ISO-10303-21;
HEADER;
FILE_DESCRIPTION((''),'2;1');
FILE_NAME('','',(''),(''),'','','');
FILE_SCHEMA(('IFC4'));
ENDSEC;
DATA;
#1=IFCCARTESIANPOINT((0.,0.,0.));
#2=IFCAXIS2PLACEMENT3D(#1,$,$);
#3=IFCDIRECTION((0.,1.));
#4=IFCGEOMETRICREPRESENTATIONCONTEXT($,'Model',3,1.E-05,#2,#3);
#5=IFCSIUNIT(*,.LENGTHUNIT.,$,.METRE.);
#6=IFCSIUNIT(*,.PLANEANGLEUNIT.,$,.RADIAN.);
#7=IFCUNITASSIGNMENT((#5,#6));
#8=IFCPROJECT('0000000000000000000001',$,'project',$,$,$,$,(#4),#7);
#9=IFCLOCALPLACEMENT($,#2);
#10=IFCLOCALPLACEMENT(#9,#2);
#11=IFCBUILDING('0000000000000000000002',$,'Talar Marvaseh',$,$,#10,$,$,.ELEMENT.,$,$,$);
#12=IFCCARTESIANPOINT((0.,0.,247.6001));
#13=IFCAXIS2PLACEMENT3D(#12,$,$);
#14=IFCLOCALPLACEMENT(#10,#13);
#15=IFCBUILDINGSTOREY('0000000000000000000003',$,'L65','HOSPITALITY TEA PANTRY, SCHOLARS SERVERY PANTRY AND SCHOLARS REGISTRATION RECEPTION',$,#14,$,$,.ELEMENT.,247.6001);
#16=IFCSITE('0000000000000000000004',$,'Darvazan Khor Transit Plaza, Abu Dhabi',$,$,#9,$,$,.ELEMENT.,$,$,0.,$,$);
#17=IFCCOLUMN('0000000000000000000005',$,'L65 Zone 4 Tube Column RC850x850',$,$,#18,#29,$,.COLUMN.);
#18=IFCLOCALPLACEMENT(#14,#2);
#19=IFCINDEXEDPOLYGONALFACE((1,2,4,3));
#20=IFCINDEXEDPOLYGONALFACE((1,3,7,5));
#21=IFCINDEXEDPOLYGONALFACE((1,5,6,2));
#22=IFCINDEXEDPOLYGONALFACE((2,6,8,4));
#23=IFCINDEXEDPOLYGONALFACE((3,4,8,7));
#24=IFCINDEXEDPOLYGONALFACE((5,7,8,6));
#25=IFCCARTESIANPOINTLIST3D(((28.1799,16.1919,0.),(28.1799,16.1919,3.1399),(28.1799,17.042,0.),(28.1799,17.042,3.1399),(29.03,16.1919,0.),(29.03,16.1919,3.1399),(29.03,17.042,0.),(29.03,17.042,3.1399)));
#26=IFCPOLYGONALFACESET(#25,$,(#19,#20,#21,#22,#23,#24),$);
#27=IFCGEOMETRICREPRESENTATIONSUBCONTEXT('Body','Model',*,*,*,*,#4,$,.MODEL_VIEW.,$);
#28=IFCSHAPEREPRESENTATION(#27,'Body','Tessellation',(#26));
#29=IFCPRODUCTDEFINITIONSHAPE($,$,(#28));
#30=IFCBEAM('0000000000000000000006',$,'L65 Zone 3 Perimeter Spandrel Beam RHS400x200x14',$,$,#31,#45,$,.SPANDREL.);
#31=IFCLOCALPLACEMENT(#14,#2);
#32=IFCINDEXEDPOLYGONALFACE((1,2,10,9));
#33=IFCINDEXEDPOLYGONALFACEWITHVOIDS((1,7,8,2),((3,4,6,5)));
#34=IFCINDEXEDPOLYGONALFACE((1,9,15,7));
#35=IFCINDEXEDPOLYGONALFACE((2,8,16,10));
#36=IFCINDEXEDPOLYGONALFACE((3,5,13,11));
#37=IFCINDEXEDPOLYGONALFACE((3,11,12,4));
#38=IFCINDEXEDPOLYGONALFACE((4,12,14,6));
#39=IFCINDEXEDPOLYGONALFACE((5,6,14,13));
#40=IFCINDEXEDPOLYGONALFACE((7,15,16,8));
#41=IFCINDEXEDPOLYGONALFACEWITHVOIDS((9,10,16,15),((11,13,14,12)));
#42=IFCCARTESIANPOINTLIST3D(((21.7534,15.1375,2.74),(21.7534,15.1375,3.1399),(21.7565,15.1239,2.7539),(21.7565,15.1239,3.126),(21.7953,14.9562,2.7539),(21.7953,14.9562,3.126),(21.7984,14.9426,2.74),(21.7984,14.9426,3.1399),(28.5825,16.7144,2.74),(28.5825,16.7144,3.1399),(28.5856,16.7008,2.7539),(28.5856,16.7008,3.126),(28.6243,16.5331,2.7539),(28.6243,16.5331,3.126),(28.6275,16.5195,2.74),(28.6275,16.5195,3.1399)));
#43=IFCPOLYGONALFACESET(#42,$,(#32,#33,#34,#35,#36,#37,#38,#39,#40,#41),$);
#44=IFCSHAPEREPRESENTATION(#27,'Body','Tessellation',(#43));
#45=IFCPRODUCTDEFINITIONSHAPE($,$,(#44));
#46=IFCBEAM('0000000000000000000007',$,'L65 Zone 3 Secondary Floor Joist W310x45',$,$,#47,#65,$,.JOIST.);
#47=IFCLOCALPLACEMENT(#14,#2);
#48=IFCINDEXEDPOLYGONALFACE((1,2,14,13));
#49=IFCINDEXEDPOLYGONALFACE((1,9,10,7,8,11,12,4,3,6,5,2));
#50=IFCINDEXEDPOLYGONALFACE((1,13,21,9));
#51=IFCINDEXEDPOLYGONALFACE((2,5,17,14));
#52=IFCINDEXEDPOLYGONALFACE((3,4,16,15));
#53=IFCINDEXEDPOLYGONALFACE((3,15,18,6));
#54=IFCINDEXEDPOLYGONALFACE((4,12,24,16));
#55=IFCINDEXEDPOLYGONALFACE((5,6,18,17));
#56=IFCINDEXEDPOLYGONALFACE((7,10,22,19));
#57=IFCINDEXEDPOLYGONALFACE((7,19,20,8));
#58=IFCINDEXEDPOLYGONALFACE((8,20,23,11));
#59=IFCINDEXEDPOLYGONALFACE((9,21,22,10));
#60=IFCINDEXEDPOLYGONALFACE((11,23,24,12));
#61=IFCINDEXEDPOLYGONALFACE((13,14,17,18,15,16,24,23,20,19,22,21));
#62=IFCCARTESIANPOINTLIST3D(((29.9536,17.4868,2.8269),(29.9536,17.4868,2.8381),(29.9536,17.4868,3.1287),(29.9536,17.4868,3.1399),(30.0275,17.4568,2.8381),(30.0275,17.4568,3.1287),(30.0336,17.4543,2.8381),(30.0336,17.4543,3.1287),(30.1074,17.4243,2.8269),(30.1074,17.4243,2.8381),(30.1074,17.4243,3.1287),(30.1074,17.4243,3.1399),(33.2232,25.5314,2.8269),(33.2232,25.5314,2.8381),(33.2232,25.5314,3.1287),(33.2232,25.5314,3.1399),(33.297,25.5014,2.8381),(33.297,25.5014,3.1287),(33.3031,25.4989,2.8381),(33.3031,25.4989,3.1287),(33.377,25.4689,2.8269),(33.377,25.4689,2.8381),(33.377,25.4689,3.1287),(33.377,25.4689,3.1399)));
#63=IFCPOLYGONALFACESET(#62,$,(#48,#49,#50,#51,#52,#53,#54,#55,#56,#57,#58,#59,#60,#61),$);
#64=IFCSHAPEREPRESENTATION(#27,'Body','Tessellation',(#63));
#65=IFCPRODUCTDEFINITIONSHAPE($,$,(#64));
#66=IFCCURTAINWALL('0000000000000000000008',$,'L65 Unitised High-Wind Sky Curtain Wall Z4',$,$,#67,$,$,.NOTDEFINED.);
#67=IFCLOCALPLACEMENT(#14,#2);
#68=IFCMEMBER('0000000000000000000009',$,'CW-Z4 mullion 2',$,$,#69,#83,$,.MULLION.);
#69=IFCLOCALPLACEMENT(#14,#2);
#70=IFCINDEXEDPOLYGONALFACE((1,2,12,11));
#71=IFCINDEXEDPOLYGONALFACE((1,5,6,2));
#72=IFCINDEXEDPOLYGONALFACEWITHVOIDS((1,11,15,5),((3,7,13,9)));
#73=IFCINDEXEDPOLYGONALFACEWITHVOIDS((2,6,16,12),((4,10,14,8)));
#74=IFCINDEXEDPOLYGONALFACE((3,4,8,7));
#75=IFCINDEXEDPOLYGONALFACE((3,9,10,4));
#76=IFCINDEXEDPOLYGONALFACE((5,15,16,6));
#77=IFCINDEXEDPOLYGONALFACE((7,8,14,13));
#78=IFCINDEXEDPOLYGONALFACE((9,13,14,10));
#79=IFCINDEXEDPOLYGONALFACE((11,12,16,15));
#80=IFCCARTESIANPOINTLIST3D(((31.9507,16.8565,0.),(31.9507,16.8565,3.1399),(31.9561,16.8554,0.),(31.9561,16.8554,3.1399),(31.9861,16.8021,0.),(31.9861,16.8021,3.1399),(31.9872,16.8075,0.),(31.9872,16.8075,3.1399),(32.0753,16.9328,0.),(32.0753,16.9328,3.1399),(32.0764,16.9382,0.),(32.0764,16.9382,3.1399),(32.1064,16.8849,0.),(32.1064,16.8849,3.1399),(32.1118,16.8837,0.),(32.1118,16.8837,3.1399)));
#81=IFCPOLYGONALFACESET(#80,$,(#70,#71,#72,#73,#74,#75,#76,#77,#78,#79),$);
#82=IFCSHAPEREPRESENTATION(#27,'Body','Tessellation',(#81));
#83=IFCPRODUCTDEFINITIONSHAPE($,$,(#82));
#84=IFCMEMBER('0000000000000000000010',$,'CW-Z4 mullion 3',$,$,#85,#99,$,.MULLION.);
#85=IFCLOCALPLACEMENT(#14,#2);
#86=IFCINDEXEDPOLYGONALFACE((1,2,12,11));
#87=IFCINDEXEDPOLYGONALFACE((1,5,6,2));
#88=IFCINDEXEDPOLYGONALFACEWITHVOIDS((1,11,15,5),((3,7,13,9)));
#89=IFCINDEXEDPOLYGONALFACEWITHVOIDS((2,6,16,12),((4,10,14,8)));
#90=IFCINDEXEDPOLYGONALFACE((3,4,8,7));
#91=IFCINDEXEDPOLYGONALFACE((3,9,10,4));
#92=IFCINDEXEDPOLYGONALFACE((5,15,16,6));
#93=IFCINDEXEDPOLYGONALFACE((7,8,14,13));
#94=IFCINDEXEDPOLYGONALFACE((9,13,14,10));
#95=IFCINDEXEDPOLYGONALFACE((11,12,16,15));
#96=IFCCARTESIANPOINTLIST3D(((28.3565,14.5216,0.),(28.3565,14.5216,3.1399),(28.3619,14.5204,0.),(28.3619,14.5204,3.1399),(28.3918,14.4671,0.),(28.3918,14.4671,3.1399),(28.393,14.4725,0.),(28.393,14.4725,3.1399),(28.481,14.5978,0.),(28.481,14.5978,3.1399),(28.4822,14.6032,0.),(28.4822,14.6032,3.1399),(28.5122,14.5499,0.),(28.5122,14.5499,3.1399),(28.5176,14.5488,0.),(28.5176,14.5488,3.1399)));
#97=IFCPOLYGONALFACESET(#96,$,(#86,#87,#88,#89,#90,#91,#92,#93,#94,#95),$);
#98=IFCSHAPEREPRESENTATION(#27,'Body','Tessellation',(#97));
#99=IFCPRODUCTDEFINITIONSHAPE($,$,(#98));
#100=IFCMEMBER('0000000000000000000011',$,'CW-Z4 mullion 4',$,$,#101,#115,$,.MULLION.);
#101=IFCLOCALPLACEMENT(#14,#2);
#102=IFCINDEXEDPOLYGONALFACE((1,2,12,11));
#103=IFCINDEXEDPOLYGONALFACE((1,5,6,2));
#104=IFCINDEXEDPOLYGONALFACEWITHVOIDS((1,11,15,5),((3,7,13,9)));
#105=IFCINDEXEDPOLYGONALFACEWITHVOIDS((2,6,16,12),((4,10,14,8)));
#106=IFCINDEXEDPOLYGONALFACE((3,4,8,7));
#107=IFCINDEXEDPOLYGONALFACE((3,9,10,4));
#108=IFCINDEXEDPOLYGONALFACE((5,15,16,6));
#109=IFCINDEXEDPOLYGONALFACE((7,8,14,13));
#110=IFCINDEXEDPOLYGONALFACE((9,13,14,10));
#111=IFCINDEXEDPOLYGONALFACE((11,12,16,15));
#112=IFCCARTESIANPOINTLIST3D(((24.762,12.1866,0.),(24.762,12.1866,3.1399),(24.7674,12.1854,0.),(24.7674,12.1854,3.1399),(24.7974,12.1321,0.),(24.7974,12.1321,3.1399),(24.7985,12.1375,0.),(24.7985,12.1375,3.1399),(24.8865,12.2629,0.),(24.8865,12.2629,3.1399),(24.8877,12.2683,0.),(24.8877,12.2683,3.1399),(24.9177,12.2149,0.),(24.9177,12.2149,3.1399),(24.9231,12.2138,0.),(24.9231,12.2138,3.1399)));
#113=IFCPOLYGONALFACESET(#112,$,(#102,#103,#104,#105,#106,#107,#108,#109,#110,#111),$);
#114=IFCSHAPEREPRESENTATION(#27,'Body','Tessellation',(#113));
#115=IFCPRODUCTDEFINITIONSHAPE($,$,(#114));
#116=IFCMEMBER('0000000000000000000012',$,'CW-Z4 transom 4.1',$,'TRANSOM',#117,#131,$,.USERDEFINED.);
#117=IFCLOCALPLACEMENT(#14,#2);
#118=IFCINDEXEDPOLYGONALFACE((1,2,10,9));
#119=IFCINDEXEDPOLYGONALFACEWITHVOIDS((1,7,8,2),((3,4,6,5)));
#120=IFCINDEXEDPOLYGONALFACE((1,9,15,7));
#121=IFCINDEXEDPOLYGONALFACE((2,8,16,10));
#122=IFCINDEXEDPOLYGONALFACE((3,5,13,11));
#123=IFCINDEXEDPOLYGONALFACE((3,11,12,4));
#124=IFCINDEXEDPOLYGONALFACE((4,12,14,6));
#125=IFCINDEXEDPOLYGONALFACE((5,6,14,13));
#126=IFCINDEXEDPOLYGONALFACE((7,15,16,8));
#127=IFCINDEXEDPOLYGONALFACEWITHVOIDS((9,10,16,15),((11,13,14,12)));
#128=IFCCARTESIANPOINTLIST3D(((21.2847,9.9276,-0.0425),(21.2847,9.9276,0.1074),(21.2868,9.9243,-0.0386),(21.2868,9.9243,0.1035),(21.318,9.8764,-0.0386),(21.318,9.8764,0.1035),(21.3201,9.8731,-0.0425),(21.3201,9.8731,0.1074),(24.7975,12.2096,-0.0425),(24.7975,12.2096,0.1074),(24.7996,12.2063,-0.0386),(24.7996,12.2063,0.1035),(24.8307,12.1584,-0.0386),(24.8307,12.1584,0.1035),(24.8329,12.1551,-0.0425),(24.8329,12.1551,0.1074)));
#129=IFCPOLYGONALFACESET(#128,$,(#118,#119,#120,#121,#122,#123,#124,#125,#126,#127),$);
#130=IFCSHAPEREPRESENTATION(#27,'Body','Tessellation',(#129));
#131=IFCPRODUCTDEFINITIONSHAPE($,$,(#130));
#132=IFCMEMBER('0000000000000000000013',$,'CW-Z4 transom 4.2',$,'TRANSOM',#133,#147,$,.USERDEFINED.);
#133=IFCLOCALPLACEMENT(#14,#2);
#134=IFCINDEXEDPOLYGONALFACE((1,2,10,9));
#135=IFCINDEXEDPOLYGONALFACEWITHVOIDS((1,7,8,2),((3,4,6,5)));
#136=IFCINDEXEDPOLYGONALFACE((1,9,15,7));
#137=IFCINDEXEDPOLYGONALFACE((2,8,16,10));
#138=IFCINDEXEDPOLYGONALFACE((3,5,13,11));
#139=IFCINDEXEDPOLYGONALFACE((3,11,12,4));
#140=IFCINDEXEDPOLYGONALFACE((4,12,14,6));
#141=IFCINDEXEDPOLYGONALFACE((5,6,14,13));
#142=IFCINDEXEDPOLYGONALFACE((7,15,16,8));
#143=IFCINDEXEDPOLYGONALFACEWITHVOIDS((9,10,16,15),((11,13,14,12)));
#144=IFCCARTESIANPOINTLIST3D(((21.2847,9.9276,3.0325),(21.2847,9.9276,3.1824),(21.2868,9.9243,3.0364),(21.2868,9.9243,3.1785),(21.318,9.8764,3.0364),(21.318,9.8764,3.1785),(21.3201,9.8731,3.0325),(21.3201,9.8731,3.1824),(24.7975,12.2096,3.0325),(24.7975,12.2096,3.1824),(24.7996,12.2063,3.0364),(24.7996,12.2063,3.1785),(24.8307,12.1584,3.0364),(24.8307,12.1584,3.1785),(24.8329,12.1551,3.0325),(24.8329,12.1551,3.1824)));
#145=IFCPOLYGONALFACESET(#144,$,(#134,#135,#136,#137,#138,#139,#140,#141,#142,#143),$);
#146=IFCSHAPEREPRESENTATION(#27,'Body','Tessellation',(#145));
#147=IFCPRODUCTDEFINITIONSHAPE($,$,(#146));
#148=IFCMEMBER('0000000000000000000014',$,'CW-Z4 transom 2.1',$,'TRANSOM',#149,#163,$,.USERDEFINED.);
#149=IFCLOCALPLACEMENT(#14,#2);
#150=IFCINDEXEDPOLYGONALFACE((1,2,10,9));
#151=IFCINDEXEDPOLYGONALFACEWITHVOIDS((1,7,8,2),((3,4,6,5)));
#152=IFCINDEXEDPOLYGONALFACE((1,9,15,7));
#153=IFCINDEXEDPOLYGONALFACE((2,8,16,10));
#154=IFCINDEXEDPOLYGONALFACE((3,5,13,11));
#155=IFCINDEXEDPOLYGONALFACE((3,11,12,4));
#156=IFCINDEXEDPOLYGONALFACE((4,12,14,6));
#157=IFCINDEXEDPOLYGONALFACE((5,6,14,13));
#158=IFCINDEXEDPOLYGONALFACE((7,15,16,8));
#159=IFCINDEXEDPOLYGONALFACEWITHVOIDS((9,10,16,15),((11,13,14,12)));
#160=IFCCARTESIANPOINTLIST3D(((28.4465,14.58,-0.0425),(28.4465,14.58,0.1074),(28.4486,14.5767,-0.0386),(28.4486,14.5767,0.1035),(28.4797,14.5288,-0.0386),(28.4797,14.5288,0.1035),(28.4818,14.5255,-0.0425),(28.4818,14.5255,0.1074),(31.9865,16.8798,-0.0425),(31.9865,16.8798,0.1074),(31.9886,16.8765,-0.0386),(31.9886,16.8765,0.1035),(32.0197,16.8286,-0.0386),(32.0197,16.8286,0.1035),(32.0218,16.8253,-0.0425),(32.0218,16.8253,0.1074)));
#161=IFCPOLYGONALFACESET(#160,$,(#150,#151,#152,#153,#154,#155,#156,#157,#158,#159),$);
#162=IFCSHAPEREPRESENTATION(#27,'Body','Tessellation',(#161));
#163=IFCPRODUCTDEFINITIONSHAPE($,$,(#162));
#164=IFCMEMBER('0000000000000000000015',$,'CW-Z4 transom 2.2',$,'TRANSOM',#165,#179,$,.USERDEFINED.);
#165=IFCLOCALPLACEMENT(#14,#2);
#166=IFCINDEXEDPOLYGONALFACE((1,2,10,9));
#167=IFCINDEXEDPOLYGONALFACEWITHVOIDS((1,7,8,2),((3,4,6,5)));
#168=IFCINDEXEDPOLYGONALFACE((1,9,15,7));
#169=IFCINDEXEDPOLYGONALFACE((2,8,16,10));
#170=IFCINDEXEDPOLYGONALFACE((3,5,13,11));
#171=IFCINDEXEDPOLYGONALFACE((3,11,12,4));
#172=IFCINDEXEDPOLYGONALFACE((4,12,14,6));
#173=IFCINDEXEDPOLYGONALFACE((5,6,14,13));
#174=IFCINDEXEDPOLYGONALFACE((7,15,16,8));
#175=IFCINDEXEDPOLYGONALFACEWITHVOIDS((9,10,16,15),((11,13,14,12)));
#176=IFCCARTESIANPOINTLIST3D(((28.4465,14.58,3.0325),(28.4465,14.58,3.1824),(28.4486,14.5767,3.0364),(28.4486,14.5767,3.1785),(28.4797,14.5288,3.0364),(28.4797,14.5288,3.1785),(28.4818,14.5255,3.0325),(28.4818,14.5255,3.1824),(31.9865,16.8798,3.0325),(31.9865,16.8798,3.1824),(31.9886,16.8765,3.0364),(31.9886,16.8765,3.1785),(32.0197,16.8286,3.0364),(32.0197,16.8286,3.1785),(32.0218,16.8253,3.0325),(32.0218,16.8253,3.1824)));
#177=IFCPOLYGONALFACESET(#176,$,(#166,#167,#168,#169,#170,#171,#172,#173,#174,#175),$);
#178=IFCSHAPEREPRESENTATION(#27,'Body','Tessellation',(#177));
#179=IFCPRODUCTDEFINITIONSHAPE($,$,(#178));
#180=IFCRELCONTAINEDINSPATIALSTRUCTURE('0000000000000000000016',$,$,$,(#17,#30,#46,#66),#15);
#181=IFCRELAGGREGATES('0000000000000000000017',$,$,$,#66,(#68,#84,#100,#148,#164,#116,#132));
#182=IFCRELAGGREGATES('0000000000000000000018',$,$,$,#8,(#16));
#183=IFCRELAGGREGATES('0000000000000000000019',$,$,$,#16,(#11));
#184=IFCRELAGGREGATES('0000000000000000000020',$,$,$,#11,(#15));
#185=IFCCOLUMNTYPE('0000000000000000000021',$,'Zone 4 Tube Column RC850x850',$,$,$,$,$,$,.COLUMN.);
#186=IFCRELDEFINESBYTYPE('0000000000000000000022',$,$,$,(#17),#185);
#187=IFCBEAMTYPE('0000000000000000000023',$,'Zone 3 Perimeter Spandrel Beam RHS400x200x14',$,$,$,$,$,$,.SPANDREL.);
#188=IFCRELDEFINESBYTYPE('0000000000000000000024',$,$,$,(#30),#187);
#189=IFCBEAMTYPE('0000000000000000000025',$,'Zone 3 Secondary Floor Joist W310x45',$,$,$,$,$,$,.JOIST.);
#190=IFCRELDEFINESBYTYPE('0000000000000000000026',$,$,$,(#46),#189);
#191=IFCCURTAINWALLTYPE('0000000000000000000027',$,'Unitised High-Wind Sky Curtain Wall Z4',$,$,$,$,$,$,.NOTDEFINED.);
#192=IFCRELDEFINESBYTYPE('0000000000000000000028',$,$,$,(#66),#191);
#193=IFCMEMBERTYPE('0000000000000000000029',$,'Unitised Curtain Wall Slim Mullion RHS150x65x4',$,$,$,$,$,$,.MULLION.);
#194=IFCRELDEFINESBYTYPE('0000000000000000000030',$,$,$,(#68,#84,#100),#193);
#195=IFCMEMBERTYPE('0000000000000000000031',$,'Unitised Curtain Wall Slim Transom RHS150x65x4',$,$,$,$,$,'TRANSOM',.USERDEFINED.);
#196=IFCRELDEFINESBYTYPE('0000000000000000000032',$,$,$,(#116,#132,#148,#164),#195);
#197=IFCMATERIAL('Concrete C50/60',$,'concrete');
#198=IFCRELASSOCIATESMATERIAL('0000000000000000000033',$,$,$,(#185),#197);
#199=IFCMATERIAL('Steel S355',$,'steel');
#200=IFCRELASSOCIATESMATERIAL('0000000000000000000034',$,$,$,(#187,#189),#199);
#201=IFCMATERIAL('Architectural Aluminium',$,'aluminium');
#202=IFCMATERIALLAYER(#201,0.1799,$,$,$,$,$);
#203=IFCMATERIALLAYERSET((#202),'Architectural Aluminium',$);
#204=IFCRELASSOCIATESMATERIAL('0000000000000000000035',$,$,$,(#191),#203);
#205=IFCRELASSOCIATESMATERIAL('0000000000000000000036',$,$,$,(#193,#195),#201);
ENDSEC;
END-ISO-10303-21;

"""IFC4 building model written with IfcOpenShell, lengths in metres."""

from ifc_helpers import new_model, si_unit, direction, frame, origin, origin_2d, place, context, subcontext, project, spatial, rectangle, hollow_rectangle, i_section, extrude, source, transform, mapped, material, layer, layer_set, material_profile, profile_set, type_object, type_shapes, element, aggregate, save


model = new_model("IFC4")

# Units and contexts
model_context = context("Model", 3, precision=1e-05, world=origin(), true_north=direction((0.0, 1.0)))
body_context = subcontext(model_context, "Body", "Model", "MODEL_VIEW")
ifc_project = project(units=[si_unit("LENGTHUNIT", "METRE"), si_unit("PLANEANGLEUNIT", "RADIAN")], contexts=[model_context])

# Site, building, storey
site_placement = place(None, origin())
site = spatial("IfcSite", under=ifc_project, at=site_placement, Name="Darvazan Khor Transit Plaza, Abu Dhabi", CompositionType="ELEMENT", RefElevation=0.0)
building_placement = place(site_placement, origin())
building = spatial("IfcBuilding", under=site, at=building_placement, Name="Talar Marvaseh", CompositionType="ELEMENT")
storey_placement = place(building_placement, frame((0.0, 0.0, 247.6001)))
storey = spatial("IfcBuildingStorey", under=building, at=storey_placement, Name="L65", Description="HOSPITALITY TEA PANTRY, SCHOLARS SERVERY PANTRY AND SCHOLARS REGISTRATION RECEPTION", CompositionType="ELEMENT", Elevation=247.6001)

# Column
ifc_material_1 = material(Name="Concrete C50/60", Category="concrete")
ifc_material_profile_1 = material_profile(ifc_material_1, rectangle(XDim=0.8501, YDim=0.8501, at=origin_2d()), Name="RC850x850")
ifc_profile_set_1 = profile_set([ifc_material_profile_1], Name="Concrete C50/60")
column_type = type_object("IfcColumnType", Name="Zone 4 Tube Column RC850x850", PredefinedType="COLUMN", material=ifc_profile_set_1)
column_placement = place(storey_placement, frame((28.605, 16.6169, 0.0), z_axis=(0.0, 0.0, 1.0), x_axis=(1.0, 0.0, 0.0)))
element("IfcColumn", 1, at=column_placement, inside=storey, type_object=column_type, Name="L65 Zone 4 Tube Column RC850x850", PredefinedType="COLUMN", context=body_context, shape_type="SweptSolid", body=[
    extrude(rectangle(XDim=0.8501, YDim=0.8501, at=origin_2d()), origin(), (0.0, 0.0, 1.0), 3.1399),
])

# Beams
ifc_material_2 = material(Name="Steel S355", Category="steel")
ifc_material_profile_2 = material_profile(ifc_material_2, hollow_rectangle(XDim=0.2, YDim=0.3999, WallThickness=0.0139, at=origin_2d()), Name="RHS400x200x14")
ifc_profile_set_2 = profile_set([ifc_material_profile_2], Name="Steel S355")
beam_type_1 = type_object("IfcBeamType", Name="Zone 3 Perimeter Spandrel Beam RHS400x200x14", PredefinedType="SPANDREL", material=ifc_profile_set_2)
beam_1_placement = place(storey_placement, frame((28.605, 16.6169, 2.9399), z_axis=(-0.974361, -0.224989, 0.0), x_axis=(0.224989, -0.974361, 0.0)))
element("IfcBeam", 2, at=beam_1_placement, inside=storey, type_object=beam_type_1, Name="L65 Zone 3 Perimeter Spandrel Beam RHS400x200x14", PredefinedType="SPANDREL", context=body_context, shape_type="SweptSolid", body=[
    extrude(hollow_rectangle(XDim=0.2, YDim=0.3999, WallThickness=0.0139, at=origin_2d()), origin(), (0.0, 0.0, 1.0), 7.0088),
])
ifc_material_profile_3 = material_profile(ifc_material_2, i_section(OverallWidth=0.166, OverallDepth=0.313, WebThickness=0.0066, FlangeThickness=0.0112, at=origin_2d()), Name="W310x45")
ifc_profile_set_3 = profile_set([ifc_material_profile_3], Name="Steel S355")
beam_type_2 = type_object("IfcBeamType", Name="Zone 3 Secondary Floor Joist W310x45", PredefinedType="JOIST", material=ifc_profile_set_3)
beam_2_placement = place(storey_placement, frame((30.0305, 17.4556, 2.9834), z_axis=(0.376523, 0.926407, 0.0), x_axis=(-0.926407, 0.376523, 0.0)))
element("IfcBeam", 3, at=beam_2_placement, inside=storey, type_object=beam_type_2, Name="L65 Zone 3 Secondary Floor Joist W310x45", PredefinedType="JOIST", context=body_context, shape_type="SweptSolid", body=[
    extrude(i_section(OverallWidth=0.166, OverallDepth=0.313, WebThickness=0.0066, FlangeThickness=0.0112, at=origin_2d()), origin(), (0.0, 0.0, 1.0), 8.6836),
])

# Curtain wall, members
ifc_material_3 = material(Name="Architectural Aluminium", Category="aluminium")
ifc_layer_1 = layer(ifc_material_3, 0.1799)
ifc_layer_set_1 = layer_set([ifc_layer_1], Name="Architectural Aluminium")
curtain_wall_type = type_object("IfcCurtainWallType", Name="Unitised High-Wind Sky Curtain Wall Z4", PredefinedType="NOTDEFINED", material=ifc_layer_set_1)
curtain_wall_placement = place(storey_placement, origin())
curtain_wall = element("IfcCurtainWall", 4, at=curtain_wall_placement, inside=storey, type_object=curtain_wall_type, Name="L65 Unitised High-Wind Sky Curtain Wall Z4", PredefinedType="NOTDEFINED")
ifc_material_profile_4 = material_profile(ifc_material_3, hollow_rectangle(XDim=0.0649, YDim=0.1499, WallThickness=0.0039, at=origin_2d()), Name="RHS150x65x4")
ifc_profile_set_4 = profile_set([ifc_material_profile_4], Name="Architectural Aluminium")
member_type_1 = type_object("IfcMemberType", Name="Unitised Curtain Wall Slim Mullion RHS150x65x4", PredefinedType="MULLION", material=ifc_profile_set_4)
shared_shape_1 = source(origin(), body_context, "Body", "SweptSolid", [
    extrude(hollow_rectangle(XDim=0.0649, YDim=0.1499, WallThickness=0.0039, at=origin_2d()), origin(), (0.0, 0.0, 1.0), 3.1399),
])
type_shapes(member_type_1, [shared_shape_1])
member_1_placement = place(storey_placement, frame((32.0312, 16.8701, 0.0), z_axis=(0.0, 0.0, 1.0), x_axis=(0.544769, -0.838586, 0.0)))
member_1 = element("IfcMember", 5, at=member_1_placement, type_object=member_type_1, Name="CW-Z4 mullion 2", PredefinedType="MULLION", context=body_context, shape_type="MappedRepresentation", body=[
    mapped(shared_shape_1, transform((0.0, 0.0, 0.0), x_axis=(1.0, 0.0, 0.0), y_axis=(0.0, 1.0, 0.0), z_axis=(0.0, 0.0, 1.0), scale=1.0)),
])
member_2_placement = place(storey_placement, frame((28.437, 14.5352, 0.0), z_axis=(0.0, 0.0, 1.0), x_axis=(0.544769, -0.838586, 0.0)))
member_2 = element("IfcMember", 6, at=member_2_placement, type_object=member_type_1, Name="CW-Z4 mullion 3", PredefinedType="MULLION", context=body_context, shape_type="MappedRepresentation", body=[
    mapped(shared_shape_1, transform((0.0, 0.0, 0.0), x_axis=(1.0, 0.0, 0.0), y_axis=(0.0, 1.0, 0.0), z_axis=(0.0, 0.0, 1.0), scale=1.0)),
])
member_3_placement = place(storey_placement, frame((24.8425, 12.2002, 0.0), z_axis=(0.0, 0.0, 1.0), x_axis=(0.544769, -0.838586, 0.0)))
member_3 = element("IfcMember", 7, at=member_3_placement, type_object=member_type_1, Name="CW-Z4 mullion 4", PredefinedType="MULLION", context=body_context, shape_type="MappedRepresentation", body=[
    mapped(shared_shape_1, transform((0.0, 0.0, 0.0), x_axis=(1.0, 0.0, 0.0), y_axis=(0.0, 1.0, 0.0), z_axis=(0.0, 0.0, 1.0), scale=1.0)),
])
ifc_material_profile_5 = material_profile(ifc_material_3, hollow_rectangle(XDim=0.0649, YDim=0.1499, WallThickness=0.0039, at=origin_2d()), Name="RHS150x65x4")
ifc_profile_set_5 = profile_set([ifc_material_profile_5], Name="Architectural Aluminium")
member_type_2 = type_object("IfcMemberType", Name="Unitised Curtain Wall Slim Transom RHS150x65x4", ElementType="TRANSOM", PredefinedType="USERDEFINED", material=ifc_profile_set_5)
shared_shape_2 = source(origin(), body_context, "Body", "SweptSolid", [
    extrude(hollow_rectangle(XDim=0.0649, YDim=0.1499, WallThickness=0.0039, at=origin_2d()), origin(), (0.0, 0.0, 1.0), 4.189),
])
member_4_placement = place(storey_placement, frame((24.8152, 12.1824, 0.0325), z_axis=(-0.838582, -0.544775, 0.0), x_axis=(0.544775, -0.838582, 0.0)))
member_4 = element("IfcMember", 8, at=member_4_placement, type_object=member_type_2, Name="CW-Z4 transom 4.1", ObjectType="TRANSOM", PredefinedType="USERDEFINED", context=body_context, shape_type="MappedRepresentation", body=[
    mapped(shared_shape_2, transform((0.0, 0.0, 0.0), x_axis=(1.0, 0.0, 0.0), y_axis=(0.0, 1.0, 0.0), z_axis=(0.0, 0.0, 1.0), scale=1.0)),
])
member_5_placement = place(storey_placement, frame((24.8152, 12.1824, 3.1074), z_axis=(-0.838582, -0.544775, 0.0), x_axis=(0.544775, -0.838582, 0.0)))
member_5 = element("IfcMember", 9, at=member_5_placement, type_object=member_type_2, Name="CW-Z4 transom 4.2", ObjectType="TRANSOM", PredefinedType="USERDEFINED", context=body_context, shape_type="MappedRepresentation", body=[
    mapped(shared_shape_2, transform((0.0, 0.0, 0.0), x_axis=(1.0, 0.0, 0.0), y_axis=(0.0, 1.0, 0.0), z_axis=(0.0, 0.0, 1.0), scale=1.0)),
])
shared_shape_3 = source(origin(), body_context, "Body", "SweptSolid", [
    extrude(hollow_rectangle(XDim=0.0649, YDim=0.1499, WallThickness=0.0039, at=origin_2d()), origin(), (0.0, 0.0, 1.0), 4.2214),
])
member_6_placement = place(storey_placement, frame((32.0042, 16.8525, 0.0325), z_axis=(-0.838576, -0.544785, 0.0), x_axis=(0.544785, -0.838576, 0.0)))
member_6 = element("IfcMember", 10, at=member_6_placement, type_object=member_type_2, Name="CW-Z4 transom 2.1", ObjectType="TRANSOM", PredefinedType="USERDEFINED", context=body_context, shape_type="MappedRepresentation", body=[
    mapped(shared_shape_3, transform((0.0, 0.0, 0.0), x_axis=(1.0, 0.0, 0.0), y_axis=(0.0, 1.0, 0.0), z_axis=(0.0, 0.0, 1.0), scale=1.0)),
])
member_7_placement = place(storey_placement, frame((32.0042, 16.8525, 3.1074), z_axis=(-0.838576, -0.544785, 0.0), x_axis=(0.544785, -0.838576, 0.0)))
member_7 = element("IfcMember", 11, at=member_7_placement, type_object=member_type_2, Name="CW-Z4 transom 2.2", ObjectType="TRANSOM", PredefinedType="USERDEFINED", context=body_context, shape_type="MappedRepresentation", body=[
    mapped(shared_shape_3, transform((0.0, 0.0, 0.0), x_axis=(1.0, 0.0, 0.0), y_axis=(0.0, 1.0, 0.0), z_axis=(0.0, 0.0, 1.0), scale=1.0)),
])
aggregate(curtain_wall, [member_1, member_2, member_3, member_6, member_7, member_4, member_5])

save(model, "model.ifc")
